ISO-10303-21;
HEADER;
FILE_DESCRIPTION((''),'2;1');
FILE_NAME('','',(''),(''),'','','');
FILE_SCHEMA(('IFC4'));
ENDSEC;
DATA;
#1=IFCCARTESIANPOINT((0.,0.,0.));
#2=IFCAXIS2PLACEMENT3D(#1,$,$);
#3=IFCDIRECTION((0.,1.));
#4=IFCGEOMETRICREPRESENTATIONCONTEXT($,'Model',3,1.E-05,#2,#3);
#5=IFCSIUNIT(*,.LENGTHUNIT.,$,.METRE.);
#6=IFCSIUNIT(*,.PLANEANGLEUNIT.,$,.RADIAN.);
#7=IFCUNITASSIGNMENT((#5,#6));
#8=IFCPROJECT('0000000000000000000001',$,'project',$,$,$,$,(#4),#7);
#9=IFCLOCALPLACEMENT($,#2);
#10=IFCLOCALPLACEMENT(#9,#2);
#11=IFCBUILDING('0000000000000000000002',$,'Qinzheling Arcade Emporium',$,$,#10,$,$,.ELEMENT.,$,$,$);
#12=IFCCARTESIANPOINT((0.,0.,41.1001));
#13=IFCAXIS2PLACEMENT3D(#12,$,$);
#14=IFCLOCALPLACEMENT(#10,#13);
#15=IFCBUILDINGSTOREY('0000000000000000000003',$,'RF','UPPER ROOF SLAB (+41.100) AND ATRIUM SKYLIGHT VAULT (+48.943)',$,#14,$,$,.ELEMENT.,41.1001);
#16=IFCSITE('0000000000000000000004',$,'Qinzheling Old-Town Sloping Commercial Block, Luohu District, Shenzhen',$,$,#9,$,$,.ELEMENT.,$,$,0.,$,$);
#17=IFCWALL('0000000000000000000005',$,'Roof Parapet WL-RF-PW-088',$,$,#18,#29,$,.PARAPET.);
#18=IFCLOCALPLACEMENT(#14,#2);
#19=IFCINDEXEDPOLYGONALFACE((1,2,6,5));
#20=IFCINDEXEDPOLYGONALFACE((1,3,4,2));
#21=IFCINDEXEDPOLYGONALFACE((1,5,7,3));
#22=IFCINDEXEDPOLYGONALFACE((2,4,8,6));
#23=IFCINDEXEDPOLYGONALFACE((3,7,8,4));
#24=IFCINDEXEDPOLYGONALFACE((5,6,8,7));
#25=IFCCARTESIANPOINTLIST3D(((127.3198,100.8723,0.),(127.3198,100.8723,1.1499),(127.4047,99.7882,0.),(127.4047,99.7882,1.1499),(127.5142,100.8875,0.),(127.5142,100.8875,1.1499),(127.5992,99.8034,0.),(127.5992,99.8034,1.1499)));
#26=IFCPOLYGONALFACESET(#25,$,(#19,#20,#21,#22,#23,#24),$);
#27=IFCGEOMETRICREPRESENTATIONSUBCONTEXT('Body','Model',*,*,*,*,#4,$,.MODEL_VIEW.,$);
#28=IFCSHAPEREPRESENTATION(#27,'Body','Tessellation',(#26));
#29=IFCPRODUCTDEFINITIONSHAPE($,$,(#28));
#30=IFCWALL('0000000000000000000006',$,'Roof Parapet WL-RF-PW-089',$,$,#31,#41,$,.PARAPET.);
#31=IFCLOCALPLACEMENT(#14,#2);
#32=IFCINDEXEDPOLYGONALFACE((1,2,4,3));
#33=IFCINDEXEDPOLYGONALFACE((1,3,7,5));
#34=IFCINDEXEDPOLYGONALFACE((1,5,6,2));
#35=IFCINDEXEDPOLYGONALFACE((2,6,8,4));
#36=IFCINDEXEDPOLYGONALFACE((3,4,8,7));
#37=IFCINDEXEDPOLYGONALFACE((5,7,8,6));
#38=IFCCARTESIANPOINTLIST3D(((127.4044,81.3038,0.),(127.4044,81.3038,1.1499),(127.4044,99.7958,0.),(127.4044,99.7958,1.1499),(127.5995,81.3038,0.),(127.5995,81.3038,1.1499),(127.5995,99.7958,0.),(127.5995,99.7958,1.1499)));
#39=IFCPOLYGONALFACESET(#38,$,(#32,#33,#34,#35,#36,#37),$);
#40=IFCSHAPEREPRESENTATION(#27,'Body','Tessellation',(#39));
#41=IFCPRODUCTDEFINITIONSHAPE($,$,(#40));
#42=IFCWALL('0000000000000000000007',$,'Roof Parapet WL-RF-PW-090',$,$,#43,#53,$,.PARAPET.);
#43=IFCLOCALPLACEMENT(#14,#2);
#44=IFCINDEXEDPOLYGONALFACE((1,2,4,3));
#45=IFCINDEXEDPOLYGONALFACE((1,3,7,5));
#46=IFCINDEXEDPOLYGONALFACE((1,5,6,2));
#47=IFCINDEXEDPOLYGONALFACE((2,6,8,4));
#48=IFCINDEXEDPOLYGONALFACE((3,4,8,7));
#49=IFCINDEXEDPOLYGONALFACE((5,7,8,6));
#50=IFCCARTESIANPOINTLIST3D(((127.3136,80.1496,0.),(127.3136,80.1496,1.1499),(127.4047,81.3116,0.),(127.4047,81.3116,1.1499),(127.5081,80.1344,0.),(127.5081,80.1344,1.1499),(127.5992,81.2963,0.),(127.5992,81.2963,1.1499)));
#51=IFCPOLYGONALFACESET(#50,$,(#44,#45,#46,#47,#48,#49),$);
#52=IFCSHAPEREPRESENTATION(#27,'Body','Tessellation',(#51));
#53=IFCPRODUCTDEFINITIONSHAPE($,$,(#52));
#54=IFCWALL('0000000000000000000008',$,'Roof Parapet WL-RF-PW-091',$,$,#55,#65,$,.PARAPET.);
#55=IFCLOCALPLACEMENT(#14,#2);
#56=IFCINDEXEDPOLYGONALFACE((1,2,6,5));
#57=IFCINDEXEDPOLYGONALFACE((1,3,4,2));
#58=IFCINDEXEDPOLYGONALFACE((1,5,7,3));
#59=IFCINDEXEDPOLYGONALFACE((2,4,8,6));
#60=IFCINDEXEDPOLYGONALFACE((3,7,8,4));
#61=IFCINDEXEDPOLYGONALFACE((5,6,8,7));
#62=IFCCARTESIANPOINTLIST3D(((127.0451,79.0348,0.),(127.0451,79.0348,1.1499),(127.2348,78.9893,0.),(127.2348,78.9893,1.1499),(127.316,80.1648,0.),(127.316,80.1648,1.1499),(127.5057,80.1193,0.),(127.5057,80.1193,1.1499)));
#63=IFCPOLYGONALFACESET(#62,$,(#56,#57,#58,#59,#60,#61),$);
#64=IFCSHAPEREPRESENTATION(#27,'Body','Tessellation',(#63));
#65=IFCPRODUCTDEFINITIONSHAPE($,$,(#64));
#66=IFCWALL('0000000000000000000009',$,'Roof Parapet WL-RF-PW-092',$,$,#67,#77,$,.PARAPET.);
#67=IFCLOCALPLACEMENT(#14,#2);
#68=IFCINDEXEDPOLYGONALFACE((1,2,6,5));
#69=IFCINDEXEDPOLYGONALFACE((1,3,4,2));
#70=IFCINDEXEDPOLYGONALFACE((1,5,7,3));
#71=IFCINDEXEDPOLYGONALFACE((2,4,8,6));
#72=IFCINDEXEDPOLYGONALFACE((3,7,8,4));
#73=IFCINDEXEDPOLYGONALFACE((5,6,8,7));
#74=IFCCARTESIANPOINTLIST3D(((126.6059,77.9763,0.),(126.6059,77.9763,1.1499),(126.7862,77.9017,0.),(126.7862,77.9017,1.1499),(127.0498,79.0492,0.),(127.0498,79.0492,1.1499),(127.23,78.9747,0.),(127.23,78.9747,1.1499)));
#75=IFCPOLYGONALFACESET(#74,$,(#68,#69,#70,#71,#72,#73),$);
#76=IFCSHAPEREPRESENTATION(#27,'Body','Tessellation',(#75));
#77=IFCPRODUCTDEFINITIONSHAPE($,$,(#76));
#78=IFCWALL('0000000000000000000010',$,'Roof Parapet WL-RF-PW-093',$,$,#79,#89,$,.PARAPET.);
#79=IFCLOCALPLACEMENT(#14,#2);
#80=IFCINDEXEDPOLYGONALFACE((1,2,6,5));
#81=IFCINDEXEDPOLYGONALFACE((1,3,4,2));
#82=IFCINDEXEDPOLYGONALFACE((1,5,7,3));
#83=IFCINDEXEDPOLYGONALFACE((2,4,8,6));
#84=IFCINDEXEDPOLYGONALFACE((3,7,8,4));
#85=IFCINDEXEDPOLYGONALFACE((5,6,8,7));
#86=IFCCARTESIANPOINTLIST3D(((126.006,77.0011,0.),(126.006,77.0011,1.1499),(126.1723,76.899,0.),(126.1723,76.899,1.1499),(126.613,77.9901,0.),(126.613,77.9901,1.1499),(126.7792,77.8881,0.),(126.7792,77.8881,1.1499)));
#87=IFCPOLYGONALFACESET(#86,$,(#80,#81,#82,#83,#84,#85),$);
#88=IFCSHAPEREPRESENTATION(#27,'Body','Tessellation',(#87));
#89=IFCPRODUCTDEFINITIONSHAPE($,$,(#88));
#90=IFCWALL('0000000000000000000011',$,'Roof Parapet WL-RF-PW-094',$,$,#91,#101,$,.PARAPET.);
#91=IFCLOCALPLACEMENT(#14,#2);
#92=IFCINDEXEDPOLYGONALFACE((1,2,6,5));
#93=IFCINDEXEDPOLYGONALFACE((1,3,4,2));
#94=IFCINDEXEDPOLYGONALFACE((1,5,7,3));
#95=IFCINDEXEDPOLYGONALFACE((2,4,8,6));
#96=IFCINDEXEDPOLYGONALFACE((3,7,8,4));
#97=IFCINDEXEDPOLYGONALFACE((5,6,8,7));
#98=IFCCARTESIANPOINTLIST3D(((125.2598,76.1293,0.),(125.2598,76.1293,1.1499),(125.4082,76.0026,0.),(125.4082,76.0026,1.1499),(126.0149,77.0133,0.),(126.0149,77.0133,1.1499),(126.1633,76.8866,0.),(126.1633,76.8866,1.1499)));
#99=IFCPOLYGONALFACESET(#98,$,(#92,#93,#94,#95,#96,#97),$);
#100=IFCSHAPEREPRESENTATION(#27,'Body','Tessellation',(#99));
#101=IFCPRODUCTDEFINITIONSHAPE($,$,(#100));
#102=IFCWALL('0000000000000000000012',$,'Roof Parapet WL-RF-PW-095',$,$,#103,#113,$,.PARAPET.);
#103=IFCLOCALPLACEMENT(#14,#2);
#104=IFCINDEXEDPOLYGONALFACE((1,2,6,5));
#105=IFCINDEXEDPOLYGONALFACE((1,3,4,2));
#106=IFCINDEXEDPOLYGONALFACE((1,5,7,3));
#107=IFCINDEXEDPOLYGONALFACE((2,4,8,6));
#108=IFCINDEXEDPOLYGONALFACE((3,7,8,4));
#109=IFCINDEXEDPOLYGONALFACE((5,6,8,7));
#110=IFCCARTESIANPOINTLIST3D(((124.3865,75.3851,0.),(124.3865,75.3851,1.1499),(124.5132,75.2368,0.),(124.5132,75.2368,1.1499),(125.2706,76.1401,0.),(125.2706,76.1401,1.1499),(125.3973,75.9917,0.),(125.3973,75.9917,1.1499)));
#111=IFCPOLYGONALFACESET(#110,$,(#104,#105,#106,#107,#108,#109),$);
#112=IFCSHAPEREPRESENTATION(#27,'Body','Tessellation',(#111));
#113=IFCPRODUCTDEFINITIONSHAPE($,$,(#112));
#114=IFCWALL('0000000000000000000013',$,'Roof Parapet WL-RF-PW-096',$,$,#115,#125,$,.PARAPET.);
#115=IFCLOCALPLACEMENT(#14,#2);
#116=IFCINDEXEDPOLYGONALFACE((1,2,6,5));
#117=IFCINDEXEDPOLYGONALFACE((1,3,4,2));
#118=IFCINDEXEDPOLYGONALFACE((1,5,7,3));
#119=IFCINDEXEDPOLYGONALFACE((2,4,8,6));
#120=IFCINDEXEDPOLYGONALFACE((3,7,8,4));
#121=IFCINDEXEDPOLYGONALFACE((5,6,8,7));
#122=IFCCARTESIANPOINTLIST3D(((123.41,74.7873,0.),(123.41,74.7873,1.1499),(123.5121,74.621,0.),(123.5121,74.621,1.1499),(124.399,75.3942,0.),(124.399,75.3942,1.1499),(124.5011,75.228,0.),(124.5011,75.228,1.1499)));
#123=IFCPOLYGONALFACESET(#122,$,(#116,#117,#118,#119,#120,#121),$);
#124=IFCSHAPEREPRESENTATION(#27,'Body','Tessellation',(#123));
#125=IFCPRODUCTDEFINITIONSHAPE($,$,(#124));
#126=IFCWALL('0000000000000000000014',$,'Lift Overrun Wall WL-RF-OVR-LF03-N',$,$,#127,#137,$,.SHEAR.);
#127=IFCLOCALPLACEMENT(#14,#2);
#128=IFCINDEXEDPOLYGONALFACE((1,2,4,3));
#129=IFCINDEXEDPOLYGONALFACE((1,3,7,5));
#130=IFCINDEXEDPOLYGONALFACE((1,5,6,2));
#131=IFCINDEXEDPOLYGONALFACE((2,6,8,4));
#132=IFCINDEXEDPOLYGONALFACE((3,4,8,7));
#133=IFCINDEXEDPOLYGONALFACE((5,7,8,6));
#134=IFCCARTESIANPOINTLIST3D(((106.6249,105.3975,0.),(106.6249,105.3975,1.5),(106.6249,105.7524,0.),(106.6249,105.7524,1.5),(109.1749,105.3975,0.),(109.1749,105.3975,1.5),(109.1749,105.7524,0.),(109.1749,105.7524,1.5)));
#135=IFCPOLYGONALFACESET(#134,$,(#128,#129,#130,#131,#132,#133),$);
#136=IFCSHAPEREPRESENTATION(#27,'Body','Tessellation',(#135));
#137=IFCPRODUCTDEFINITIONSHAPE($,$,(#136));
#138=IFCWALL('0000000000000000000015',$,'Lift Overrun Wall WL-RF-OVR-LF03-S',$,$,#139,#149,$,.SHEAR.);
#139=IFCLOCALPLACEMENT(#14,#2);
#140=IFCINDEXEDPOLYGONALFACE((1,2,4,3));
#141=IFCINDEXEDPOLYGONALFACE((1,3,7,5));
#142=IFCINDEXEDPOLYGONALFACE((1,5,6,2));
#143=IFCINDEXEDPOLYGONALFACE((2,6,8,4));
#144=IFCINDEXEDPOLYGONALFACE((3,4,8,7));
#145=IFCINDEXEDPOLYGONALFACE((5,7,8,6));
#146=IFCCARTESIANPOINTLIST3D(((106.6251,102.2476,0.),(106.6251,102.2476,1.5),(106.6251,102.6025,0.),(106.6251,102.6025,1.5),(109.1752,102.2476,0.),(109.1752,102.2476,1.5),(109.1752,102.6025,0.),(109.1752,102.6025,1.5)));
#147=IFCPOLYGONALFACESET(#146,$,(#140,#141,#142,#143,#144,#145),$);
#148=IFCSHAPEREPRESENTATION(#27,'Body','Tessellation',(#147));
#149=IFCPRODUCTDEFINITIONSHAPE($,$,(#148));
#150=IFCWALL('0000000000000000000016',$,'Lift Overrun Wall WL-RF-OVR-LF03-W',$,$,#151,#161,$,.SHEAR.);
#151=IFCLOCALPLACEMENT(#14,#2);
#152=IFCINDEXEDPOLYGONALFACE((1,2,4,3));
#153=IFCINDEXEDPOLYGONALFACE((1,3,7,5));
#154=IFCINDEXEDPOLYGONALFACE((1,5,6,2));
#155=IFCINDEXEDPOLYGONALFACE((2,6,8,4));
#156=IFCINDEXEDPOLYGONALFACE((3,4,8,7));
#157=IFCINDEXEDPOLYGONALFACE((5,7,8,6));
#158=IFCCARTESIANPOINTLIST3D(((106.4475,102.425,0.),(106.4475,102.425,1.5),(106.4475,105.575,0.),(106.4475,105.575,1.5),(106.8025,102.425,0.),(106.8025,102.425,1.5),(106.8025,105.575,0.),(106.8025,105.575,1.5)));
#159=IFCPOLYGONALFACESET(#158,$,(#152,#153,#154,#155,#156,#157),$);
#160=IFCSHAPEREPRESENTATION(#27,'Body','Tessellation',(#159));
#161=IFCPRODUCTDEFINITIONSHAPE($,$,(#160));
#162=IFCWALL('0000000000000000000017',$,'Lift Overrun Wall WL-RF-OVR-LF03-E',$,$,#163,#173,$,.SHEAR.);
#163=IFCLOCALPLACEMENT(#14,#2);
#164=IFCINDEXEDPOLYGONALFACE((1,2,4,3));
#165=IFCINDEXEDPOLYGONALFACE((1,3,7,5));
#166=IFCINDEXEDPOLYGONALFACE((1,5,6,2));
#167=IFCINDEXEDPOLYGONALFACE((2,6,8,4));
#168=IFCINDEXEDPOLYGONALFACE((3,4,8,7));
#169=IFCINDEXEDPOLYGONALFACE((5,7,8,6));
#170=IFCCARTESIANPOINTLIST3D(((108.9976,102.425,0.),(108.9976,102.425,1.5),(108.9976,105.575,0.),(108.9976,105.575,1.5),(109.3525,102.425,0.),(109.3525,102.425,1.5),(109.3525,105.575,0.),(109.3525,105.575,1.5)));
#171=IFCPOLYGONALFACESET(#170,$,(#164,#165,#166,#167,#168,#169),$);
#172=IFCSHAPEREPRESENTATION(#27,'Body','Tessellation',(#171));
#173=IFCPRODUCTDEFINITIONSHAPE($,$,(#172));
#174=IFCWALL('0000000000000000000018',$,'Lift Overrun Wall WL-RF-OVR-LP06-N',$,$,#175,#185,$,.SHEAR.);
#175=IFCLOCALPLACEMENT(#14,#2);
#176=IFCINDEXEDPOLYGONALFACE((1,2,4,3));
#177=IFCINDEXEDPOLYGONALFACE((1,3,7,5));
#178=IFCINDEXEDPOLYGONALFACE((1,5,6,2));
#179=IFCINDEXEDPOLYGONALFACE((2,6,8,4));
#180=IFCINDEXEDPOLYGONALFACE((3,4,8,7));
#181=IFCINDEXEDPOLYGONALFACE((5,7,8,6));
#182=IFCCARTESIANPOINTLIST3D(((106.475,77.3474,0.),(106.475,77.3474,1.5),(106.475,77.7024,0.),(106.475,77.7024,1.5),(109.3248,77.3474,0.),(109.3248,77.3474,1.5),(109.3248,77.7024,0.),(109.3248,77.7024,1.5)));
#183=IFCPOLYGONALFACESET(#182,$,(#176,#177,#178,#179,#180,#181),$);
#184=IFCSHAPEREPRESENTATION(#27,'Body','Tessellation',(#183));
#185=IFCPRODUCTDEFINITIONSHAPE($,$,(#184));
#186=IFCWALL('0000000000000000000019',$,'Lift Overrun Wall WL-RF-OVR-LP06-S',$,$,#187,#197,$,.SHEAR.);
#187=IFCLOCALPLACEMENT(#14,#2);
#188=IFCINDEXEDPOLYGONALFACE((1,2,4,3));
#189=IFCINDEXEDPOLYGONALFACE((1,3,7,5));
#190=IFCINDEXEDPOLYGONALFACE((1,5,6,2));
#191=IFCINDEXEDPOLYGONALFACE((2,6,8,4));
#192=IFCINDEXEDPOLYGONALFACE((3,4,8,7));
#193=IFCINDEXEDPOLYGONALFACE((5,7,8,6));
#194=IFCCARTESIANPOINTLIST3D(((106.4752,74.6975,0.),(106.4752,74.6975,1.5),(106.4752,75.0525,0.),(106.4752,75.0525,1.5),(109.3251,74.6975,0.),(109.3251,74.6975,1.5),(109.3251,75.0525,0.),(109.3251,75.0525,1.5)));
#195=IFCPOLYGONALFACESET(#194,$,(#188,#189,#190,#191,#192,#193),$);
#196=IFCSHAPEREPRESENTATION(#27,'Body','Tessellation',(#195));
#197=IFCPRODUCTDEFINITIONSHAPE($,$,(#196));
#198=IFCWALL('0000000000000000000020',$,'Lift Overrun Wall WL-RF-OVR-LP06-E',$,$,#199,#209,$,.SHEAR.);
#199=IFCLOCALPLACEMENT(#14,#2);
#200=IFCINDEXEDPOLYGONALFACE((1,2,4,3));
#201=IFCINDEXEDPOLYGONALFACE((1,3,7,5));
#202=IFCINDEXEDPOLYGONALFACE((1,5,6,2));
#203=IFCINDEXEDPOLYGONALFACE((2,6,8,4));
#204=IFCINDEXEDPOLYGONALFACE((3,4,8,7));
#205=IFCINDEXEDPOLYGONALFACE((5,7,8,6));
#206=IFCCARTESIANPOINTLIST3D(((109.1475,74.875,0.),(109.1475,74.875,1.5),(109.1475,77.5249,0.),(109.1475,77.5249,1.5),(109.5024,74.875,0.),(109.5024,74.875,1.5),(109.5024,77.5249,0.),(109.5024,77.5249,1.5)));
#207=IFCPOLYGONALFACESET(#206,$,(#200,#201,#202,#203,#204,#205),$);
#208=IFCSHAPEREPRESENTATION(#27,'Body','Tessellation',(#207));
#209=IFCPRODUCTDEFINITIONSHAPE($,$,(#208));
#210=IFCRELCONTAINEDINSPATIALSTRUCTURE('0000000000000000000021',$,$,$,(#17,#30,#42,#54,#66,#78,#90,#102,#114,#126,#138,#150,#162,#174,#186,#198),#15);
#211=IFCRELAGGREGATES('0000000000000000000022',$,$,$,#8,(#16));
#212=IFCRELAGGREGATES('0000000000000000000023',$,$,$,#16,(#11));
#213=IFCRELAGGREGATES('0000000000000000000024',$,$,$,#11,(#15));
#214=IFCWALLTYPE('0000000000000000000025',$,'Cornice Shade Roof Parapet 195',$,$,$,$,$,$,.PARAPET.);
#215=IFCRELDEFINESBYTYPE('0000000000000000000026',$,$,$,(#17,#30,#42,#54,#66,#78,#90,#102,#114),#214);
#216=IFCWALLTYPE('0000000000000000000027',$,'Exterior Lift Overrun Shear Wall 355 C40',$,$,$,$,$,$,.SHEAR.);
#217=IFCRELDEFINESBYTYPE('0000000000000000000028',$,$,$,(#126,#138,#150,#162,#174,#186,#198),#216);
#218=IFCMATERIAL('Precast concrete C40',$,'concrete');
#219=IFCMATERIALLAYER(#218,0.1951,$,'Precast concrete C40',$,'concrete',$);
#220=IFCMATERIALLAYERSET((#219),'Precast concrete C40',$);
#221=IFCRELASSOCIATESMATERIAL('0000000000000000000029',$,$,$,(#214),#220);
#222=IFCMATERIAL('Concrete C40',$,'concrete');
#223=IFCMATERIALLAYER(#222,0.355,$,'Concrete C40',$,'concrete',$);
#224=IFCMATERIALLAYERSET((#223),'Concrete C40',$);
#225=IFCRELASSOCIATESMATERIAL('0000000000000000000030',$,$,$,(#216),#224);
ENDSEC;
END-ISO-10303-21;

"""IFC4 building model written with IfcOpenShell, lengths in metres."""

from ifc_helpers import new_model, si_unit, direction, frame, frame_2d, origin, place, context, subcontext, project, spatial, rectangle, extrude, material, layer, layer_set, type_object, element, save


model = new_model("IFC4")

# Units and contexts
model_context = context("Model", 3, precision=1e-05, world=origin(), true_north=direction((0.0, 1.0)))
body_context = subcontext(model_context, "Body", "Model", "MODEL_VIEW")
ifc_project = project(units=[si_unit("LENGTHUNIT", "METRE"), si_unit("PLANEANGLEUNIT", "RADIAN")], contexts=[model_context])

# Site, building, storey
site_placement = place(None, origin())
site = spatial("IfcSite", under=ifc_project, at=site_placement, Name="Qinzheling Old-Town Sloping Commercial Block, Luohu District, Shenzhen", CompositionType="ELEMENT", RefElevation=0.0)
building_placement = place(site_placement, origin())
building = spatial("IfcBuilding", under=site, at=building_placement, Name="Qinzheling Arcade Emporium", CompositionType="ELEMENT")
storey_placement = place(building_placement, frame((0.0, 0.0, 41.1001)))
storey = spatial("IfcBuildingStorey", under=building, at=storey_placement, Name="RF", Description="UPPER ROOF SLAB (+41.100) AND ATRIUM SKYLIGHT VAULT (+48.943)", CompositionType="ELEMENT", Elevation=41.1001)

# Walls
ifc_material_1 = material(Name="Precast concrete C40", Category="concrete")
ifc_layer_1 = layer(ifc_material_1, 0.1951, Name="Precast concrete C40", Category="concrete")
ifc_layer_set_1 = layer_set([ifc_layer_1], Name="Precast concrete C40")
wall_type_1 = type_object("IfcWallType", Name="Cornice Shade Roof Parapet 195", PredefinedType="PARAPET", material=ifc_layer_set_1)
wall_1_placement = place(storey_placement, frame((127.417, 100.8799, 0.0), z_axis=(0.0, 0.0, 1.0), x_axis=(0.078139, -0.996942, 0.0)))
element("IfcWall", 1, at=wall_1_placement, inside=storey, type_object=wall_type_1, Name="Roof Parapet WL-RF-PW-088", PredefinedType="PARAPET", context=body_context, shape_type="SweptSolid", body=[
    extrude(rectangle(XDim=1.0874, YDim=0.1951, at=frame_2d((0.5437, 0.0))), origin(), (0.0, 0.0, 1.0), 1.1499),
])
wall_2_placement = place(storey_placement, frame((127.502, 99.7959, 0.0), z_axis=(0.0, 0.0, 1.0), x_axis=(0.0, -1.0, 0.0)))
element("IfcWall", 2, at=wall_2_placement, inside=storey, type_object=wall_type_1, Name="Roof Parapet WL-RF-PW-089", PredefinedType="PARAPET", context=body_context, shape_type="SweptSolid", body=[
    extrude(rectangle(XDim=18.4919, YDim=0.1951, at=frame_2d((9.2461, 0.0))), origin(), (0.0, 0.0, 1.0), 1.1499),
])
wall_3_placement = place(storey_placement, frame((127.502, 81.304, 0.0), z_axis=(0.0, 0.0, 1.0), x_axis=(-0.078138, -0.996943, 0.0)))
element("IfcWall", 3, at=wall_3_placement, inside=storey, type_object=wall_type_1, Name="Roof Parapet WL-RF-PW-090", PredefinedType="PARAPET", context=body_context, shape_type="SweptSolid", body=[
    extrude(rectangle(XDim=1.1655, YDim=0.1951, at=frame_2d((0.5828, 0.0))), origin(), (0.0, 0.0, 1.0), 1.1499),
])
wall_4_placement = place(storey_placement, frame((127.4109, 80.1421, 0.0), z_axis=(0.0, 0.0, 1.0), x_axis=(-0.233182, -0.972433, 0.0)))
element("IfcWall", 4, at=wall_4_placement, inside=storey, type_object=wall_type_1, Name="Roof Parapet WL-RF-PW-091", PredefinedType="PARAPET", context=body_context, shape_type="SweptSolid", body=[
    extrude(rectangle(XDim=1.1621, YDim=0.1951, at=frame_2d((0.5811, 0.0))), origin(), (0.0, 0.0, 1.0), 1.1499),
])
wall_5_placement = place(storey_placement, frame((127.1399, 79.012, 0.0), z_axis=(0.0, 0.0, 1.0), x_axis=(-0.38224, -0.924063, 0.0)))
element("IfcWall", 5, at=wall_5_placement, inside=storey, type_object=wall_type_1, Name="Roof Parapet WL-RF-PW-092", PredefinedType="PARAPET", context=body_context, shape_type="SweptSolid", body=[
    extrude(rectangle(XDim=1.1611, YDim=0.1951, at=frame_2d((0.5806, 0.0))), origin(), (0.0, 0.0, 1.0), 1.1499),
])
wall_6_placement = place(storey_placement, frame((126.696, 77.939, 0.0), z_axis=(0.0, 0.0, 1.0), x_axis=(-0.523041, -0.852308, 0.0)))
element("IfcWall", 6, at=wall_6_placement, inside=storey, type_object=wall_type_1, Name="Roof Parapet WL-RF-PW-093", PredefinedType="PARAPET", context=body_context, shape_type="SweptSolid", body=[
    extrude(rectangle(XDim=1.1604, YDim=0.1951, at=frame_2d((0.5801, 0.0))), origin(), (0.0, 0.0, 1.0), 1.1499),
])
for number, where, z_axis, x_axis, name in (
    (7, (126.0891, 76.95, 0.0), (0.0, 0.0, 1.0), (-0.649493, -0.760367, 0.0), "Roof Parapet WL-RF-PW-094"),
    (8, (125.334, 76.0659, 0.0), (0.0, 0.0, 1.0), (-0.760471, -0.649372, 0.0), "Roof Parapet WL-RF-PW-095"),
):
    element("IfcWall", number, at=place(storey_placement, frame(where, z_axis=z_axis, x_axis=x_axis)), inside=storey, type_object=wall_type_1, Name=name, PredefinedType="PARAPET", context=body_context, shape_type="SweptSolid", body=[
        extrude(rectangle(XDim=1.1626, YDim=0.1951, at=frame_2d((0.5813, 0.0))), origin(), (0.0, 0.0, 1.0), 1.1499),
    ])
wall_7_placement = place(storey_placement, frame((124.45, 75.311, 0.0), z_axis=(0.0, 0.0, 1.0), x_axis=(-0.852308, -0.523041, 0.0)))
element("IfcWall", 9, at=wall_7_placement, inside=storey, type_object=wall_type_1, Name="Roof Parapet WL-RF-PW-096", PredefinedType="PARAPET", context=body_context, shape_type="SweptSolid", body=[
    extrude(rectangle(XDim=1.1604, YDim=0.1951, at=frame_2d((0.5801, 0.0))), origin(), (0.0, 0.0, 1.0), 1.1499),
])
ifc_material_2 = material(Name="Concrete C40", Category="concrete")
ifc_layer_2 = layer(ifc_material_2, 0.355, Name="Concrete C40", Category="concrete")
ifc_layer_set_2 = layer_set([ifc_layer_2], Name="Concrete C40")
wall_type_2 = type_object("IfcWallType", Name="Exterior Lift Overrun Shear Wall 355 C40", PredefinedType="SHEAR", material=ifc_layer_set_2)
for number, where, z_axis, x_axis, name in (
    (10, (106.625, 105.575, 0.0), (0.0, 0.0, 1.0), (1.0, 0.0, 0.0), "Lift Overrun Wall WL-RF-OVR-LF03-N"),
    (11, (109.175, 102.425, 0.0), (0.0, 0.0, 1.0), (-1.0, 0.0, 0.0), "Lift Overrun Wall WL-RF-OVR-LF03-S"),
):
    element("IfcWall", number, at=place(storey_placement, frame(where, z_axis=z_axis, x_axis=x_axis)), inside=storey, type_object=wall_type_2, Name=name, PredefinedType="SHEAR", context=body_context, shape_type="SweptSolid", body=[
        extrude(rectangle(XDim=2.55, YDim=0.355, at=frame_2d((1.2749, 0.0))), origin(), (0.0, 0.0, 1.0), 1.5),
    ])
for number, where, z_axis, x_axis, name in (
    (12, (106.625, 102.425, 0.0), (0.0, 0.0, 1.0), (0.0, 1.0, 0.0), "Lift Overrun Wall WL-RF-OVR-LF03-W"),
    (13, (109.175, 105.575, 0.0), (0.0, 0.0, 1.0), (0.0, -1.0, 0.0), "Lift Overrun Wall WL-RF-OVR-LF03-E"),
):
    element("IfcWall", number, at=place(storey_placement, frame(where, z_axis=z_axis, x_axis=x_axis)), inside=storey, type_object=wall_type_2, Name=name, PredefinedType="SHEAR", context=body_context, shape_type="SweptSolid", body=[
        extrude(rectangle(XDim=3.1499, YDim=0.355, at=frame_2d((1.575, 0.0))), origin(), (0.0, 0.0, 1.0), 1.5),
    ])
for number, where, z_axis, x_axis, name in (
    (14, (106.4751, 77.5249, 0.0), (0.0, 0.0, 1.0), (1.0, 0.0, 0.0), "Lift Overrun Wall WL-RF-OVR-LP06-N"),
    (15, (109.325, 74.875, 0.0), (0.0, 0.0, 1.0), (-1.0, 0.0, 0.0), "Lift Overrun Wall WL-RF-OVR-LP06-S"),
):
    element("IfcWall", number, at=place(storey_placement, frame(where, z_axis=z_axis, x_axis=x_axis)), inside=storey, type_object=wall_type_2, Name=name, PredefinedType="SHEAR", context=body_context, shape_type="SweptSolid", body=[
        extrude(rectangle(XDim=2.8499, YDim=0.355, at=frame_2d((1.4248, 0.0))), origin(), (0.0, 0.0, 1.0), 1.5),
    ])
wall_8_placement = place(storey_placement, frame((109.325, 77.5249, 0.0), z_axis=(0.0, 0.0, 1.0), x_axis=(0.0, -1.0, 0.0)))
element("IfcWall", 16, at=wall_8_placement, inside=storey, type_object=wall_type_2, Name="Lift Overrun Wall WL-RF-OVR-LP06-E", PredefinedType="SHEAR", context=body_context, shape_type="SweptSolid", body=[
    extrude(rectangle(XDim=2.6499, YDim=0.355, at=frame_2d((1.325, 0.0))), origin(), (0.0, 0.0, 1.0), 1.5),
])

save(model, "model.ifc")
